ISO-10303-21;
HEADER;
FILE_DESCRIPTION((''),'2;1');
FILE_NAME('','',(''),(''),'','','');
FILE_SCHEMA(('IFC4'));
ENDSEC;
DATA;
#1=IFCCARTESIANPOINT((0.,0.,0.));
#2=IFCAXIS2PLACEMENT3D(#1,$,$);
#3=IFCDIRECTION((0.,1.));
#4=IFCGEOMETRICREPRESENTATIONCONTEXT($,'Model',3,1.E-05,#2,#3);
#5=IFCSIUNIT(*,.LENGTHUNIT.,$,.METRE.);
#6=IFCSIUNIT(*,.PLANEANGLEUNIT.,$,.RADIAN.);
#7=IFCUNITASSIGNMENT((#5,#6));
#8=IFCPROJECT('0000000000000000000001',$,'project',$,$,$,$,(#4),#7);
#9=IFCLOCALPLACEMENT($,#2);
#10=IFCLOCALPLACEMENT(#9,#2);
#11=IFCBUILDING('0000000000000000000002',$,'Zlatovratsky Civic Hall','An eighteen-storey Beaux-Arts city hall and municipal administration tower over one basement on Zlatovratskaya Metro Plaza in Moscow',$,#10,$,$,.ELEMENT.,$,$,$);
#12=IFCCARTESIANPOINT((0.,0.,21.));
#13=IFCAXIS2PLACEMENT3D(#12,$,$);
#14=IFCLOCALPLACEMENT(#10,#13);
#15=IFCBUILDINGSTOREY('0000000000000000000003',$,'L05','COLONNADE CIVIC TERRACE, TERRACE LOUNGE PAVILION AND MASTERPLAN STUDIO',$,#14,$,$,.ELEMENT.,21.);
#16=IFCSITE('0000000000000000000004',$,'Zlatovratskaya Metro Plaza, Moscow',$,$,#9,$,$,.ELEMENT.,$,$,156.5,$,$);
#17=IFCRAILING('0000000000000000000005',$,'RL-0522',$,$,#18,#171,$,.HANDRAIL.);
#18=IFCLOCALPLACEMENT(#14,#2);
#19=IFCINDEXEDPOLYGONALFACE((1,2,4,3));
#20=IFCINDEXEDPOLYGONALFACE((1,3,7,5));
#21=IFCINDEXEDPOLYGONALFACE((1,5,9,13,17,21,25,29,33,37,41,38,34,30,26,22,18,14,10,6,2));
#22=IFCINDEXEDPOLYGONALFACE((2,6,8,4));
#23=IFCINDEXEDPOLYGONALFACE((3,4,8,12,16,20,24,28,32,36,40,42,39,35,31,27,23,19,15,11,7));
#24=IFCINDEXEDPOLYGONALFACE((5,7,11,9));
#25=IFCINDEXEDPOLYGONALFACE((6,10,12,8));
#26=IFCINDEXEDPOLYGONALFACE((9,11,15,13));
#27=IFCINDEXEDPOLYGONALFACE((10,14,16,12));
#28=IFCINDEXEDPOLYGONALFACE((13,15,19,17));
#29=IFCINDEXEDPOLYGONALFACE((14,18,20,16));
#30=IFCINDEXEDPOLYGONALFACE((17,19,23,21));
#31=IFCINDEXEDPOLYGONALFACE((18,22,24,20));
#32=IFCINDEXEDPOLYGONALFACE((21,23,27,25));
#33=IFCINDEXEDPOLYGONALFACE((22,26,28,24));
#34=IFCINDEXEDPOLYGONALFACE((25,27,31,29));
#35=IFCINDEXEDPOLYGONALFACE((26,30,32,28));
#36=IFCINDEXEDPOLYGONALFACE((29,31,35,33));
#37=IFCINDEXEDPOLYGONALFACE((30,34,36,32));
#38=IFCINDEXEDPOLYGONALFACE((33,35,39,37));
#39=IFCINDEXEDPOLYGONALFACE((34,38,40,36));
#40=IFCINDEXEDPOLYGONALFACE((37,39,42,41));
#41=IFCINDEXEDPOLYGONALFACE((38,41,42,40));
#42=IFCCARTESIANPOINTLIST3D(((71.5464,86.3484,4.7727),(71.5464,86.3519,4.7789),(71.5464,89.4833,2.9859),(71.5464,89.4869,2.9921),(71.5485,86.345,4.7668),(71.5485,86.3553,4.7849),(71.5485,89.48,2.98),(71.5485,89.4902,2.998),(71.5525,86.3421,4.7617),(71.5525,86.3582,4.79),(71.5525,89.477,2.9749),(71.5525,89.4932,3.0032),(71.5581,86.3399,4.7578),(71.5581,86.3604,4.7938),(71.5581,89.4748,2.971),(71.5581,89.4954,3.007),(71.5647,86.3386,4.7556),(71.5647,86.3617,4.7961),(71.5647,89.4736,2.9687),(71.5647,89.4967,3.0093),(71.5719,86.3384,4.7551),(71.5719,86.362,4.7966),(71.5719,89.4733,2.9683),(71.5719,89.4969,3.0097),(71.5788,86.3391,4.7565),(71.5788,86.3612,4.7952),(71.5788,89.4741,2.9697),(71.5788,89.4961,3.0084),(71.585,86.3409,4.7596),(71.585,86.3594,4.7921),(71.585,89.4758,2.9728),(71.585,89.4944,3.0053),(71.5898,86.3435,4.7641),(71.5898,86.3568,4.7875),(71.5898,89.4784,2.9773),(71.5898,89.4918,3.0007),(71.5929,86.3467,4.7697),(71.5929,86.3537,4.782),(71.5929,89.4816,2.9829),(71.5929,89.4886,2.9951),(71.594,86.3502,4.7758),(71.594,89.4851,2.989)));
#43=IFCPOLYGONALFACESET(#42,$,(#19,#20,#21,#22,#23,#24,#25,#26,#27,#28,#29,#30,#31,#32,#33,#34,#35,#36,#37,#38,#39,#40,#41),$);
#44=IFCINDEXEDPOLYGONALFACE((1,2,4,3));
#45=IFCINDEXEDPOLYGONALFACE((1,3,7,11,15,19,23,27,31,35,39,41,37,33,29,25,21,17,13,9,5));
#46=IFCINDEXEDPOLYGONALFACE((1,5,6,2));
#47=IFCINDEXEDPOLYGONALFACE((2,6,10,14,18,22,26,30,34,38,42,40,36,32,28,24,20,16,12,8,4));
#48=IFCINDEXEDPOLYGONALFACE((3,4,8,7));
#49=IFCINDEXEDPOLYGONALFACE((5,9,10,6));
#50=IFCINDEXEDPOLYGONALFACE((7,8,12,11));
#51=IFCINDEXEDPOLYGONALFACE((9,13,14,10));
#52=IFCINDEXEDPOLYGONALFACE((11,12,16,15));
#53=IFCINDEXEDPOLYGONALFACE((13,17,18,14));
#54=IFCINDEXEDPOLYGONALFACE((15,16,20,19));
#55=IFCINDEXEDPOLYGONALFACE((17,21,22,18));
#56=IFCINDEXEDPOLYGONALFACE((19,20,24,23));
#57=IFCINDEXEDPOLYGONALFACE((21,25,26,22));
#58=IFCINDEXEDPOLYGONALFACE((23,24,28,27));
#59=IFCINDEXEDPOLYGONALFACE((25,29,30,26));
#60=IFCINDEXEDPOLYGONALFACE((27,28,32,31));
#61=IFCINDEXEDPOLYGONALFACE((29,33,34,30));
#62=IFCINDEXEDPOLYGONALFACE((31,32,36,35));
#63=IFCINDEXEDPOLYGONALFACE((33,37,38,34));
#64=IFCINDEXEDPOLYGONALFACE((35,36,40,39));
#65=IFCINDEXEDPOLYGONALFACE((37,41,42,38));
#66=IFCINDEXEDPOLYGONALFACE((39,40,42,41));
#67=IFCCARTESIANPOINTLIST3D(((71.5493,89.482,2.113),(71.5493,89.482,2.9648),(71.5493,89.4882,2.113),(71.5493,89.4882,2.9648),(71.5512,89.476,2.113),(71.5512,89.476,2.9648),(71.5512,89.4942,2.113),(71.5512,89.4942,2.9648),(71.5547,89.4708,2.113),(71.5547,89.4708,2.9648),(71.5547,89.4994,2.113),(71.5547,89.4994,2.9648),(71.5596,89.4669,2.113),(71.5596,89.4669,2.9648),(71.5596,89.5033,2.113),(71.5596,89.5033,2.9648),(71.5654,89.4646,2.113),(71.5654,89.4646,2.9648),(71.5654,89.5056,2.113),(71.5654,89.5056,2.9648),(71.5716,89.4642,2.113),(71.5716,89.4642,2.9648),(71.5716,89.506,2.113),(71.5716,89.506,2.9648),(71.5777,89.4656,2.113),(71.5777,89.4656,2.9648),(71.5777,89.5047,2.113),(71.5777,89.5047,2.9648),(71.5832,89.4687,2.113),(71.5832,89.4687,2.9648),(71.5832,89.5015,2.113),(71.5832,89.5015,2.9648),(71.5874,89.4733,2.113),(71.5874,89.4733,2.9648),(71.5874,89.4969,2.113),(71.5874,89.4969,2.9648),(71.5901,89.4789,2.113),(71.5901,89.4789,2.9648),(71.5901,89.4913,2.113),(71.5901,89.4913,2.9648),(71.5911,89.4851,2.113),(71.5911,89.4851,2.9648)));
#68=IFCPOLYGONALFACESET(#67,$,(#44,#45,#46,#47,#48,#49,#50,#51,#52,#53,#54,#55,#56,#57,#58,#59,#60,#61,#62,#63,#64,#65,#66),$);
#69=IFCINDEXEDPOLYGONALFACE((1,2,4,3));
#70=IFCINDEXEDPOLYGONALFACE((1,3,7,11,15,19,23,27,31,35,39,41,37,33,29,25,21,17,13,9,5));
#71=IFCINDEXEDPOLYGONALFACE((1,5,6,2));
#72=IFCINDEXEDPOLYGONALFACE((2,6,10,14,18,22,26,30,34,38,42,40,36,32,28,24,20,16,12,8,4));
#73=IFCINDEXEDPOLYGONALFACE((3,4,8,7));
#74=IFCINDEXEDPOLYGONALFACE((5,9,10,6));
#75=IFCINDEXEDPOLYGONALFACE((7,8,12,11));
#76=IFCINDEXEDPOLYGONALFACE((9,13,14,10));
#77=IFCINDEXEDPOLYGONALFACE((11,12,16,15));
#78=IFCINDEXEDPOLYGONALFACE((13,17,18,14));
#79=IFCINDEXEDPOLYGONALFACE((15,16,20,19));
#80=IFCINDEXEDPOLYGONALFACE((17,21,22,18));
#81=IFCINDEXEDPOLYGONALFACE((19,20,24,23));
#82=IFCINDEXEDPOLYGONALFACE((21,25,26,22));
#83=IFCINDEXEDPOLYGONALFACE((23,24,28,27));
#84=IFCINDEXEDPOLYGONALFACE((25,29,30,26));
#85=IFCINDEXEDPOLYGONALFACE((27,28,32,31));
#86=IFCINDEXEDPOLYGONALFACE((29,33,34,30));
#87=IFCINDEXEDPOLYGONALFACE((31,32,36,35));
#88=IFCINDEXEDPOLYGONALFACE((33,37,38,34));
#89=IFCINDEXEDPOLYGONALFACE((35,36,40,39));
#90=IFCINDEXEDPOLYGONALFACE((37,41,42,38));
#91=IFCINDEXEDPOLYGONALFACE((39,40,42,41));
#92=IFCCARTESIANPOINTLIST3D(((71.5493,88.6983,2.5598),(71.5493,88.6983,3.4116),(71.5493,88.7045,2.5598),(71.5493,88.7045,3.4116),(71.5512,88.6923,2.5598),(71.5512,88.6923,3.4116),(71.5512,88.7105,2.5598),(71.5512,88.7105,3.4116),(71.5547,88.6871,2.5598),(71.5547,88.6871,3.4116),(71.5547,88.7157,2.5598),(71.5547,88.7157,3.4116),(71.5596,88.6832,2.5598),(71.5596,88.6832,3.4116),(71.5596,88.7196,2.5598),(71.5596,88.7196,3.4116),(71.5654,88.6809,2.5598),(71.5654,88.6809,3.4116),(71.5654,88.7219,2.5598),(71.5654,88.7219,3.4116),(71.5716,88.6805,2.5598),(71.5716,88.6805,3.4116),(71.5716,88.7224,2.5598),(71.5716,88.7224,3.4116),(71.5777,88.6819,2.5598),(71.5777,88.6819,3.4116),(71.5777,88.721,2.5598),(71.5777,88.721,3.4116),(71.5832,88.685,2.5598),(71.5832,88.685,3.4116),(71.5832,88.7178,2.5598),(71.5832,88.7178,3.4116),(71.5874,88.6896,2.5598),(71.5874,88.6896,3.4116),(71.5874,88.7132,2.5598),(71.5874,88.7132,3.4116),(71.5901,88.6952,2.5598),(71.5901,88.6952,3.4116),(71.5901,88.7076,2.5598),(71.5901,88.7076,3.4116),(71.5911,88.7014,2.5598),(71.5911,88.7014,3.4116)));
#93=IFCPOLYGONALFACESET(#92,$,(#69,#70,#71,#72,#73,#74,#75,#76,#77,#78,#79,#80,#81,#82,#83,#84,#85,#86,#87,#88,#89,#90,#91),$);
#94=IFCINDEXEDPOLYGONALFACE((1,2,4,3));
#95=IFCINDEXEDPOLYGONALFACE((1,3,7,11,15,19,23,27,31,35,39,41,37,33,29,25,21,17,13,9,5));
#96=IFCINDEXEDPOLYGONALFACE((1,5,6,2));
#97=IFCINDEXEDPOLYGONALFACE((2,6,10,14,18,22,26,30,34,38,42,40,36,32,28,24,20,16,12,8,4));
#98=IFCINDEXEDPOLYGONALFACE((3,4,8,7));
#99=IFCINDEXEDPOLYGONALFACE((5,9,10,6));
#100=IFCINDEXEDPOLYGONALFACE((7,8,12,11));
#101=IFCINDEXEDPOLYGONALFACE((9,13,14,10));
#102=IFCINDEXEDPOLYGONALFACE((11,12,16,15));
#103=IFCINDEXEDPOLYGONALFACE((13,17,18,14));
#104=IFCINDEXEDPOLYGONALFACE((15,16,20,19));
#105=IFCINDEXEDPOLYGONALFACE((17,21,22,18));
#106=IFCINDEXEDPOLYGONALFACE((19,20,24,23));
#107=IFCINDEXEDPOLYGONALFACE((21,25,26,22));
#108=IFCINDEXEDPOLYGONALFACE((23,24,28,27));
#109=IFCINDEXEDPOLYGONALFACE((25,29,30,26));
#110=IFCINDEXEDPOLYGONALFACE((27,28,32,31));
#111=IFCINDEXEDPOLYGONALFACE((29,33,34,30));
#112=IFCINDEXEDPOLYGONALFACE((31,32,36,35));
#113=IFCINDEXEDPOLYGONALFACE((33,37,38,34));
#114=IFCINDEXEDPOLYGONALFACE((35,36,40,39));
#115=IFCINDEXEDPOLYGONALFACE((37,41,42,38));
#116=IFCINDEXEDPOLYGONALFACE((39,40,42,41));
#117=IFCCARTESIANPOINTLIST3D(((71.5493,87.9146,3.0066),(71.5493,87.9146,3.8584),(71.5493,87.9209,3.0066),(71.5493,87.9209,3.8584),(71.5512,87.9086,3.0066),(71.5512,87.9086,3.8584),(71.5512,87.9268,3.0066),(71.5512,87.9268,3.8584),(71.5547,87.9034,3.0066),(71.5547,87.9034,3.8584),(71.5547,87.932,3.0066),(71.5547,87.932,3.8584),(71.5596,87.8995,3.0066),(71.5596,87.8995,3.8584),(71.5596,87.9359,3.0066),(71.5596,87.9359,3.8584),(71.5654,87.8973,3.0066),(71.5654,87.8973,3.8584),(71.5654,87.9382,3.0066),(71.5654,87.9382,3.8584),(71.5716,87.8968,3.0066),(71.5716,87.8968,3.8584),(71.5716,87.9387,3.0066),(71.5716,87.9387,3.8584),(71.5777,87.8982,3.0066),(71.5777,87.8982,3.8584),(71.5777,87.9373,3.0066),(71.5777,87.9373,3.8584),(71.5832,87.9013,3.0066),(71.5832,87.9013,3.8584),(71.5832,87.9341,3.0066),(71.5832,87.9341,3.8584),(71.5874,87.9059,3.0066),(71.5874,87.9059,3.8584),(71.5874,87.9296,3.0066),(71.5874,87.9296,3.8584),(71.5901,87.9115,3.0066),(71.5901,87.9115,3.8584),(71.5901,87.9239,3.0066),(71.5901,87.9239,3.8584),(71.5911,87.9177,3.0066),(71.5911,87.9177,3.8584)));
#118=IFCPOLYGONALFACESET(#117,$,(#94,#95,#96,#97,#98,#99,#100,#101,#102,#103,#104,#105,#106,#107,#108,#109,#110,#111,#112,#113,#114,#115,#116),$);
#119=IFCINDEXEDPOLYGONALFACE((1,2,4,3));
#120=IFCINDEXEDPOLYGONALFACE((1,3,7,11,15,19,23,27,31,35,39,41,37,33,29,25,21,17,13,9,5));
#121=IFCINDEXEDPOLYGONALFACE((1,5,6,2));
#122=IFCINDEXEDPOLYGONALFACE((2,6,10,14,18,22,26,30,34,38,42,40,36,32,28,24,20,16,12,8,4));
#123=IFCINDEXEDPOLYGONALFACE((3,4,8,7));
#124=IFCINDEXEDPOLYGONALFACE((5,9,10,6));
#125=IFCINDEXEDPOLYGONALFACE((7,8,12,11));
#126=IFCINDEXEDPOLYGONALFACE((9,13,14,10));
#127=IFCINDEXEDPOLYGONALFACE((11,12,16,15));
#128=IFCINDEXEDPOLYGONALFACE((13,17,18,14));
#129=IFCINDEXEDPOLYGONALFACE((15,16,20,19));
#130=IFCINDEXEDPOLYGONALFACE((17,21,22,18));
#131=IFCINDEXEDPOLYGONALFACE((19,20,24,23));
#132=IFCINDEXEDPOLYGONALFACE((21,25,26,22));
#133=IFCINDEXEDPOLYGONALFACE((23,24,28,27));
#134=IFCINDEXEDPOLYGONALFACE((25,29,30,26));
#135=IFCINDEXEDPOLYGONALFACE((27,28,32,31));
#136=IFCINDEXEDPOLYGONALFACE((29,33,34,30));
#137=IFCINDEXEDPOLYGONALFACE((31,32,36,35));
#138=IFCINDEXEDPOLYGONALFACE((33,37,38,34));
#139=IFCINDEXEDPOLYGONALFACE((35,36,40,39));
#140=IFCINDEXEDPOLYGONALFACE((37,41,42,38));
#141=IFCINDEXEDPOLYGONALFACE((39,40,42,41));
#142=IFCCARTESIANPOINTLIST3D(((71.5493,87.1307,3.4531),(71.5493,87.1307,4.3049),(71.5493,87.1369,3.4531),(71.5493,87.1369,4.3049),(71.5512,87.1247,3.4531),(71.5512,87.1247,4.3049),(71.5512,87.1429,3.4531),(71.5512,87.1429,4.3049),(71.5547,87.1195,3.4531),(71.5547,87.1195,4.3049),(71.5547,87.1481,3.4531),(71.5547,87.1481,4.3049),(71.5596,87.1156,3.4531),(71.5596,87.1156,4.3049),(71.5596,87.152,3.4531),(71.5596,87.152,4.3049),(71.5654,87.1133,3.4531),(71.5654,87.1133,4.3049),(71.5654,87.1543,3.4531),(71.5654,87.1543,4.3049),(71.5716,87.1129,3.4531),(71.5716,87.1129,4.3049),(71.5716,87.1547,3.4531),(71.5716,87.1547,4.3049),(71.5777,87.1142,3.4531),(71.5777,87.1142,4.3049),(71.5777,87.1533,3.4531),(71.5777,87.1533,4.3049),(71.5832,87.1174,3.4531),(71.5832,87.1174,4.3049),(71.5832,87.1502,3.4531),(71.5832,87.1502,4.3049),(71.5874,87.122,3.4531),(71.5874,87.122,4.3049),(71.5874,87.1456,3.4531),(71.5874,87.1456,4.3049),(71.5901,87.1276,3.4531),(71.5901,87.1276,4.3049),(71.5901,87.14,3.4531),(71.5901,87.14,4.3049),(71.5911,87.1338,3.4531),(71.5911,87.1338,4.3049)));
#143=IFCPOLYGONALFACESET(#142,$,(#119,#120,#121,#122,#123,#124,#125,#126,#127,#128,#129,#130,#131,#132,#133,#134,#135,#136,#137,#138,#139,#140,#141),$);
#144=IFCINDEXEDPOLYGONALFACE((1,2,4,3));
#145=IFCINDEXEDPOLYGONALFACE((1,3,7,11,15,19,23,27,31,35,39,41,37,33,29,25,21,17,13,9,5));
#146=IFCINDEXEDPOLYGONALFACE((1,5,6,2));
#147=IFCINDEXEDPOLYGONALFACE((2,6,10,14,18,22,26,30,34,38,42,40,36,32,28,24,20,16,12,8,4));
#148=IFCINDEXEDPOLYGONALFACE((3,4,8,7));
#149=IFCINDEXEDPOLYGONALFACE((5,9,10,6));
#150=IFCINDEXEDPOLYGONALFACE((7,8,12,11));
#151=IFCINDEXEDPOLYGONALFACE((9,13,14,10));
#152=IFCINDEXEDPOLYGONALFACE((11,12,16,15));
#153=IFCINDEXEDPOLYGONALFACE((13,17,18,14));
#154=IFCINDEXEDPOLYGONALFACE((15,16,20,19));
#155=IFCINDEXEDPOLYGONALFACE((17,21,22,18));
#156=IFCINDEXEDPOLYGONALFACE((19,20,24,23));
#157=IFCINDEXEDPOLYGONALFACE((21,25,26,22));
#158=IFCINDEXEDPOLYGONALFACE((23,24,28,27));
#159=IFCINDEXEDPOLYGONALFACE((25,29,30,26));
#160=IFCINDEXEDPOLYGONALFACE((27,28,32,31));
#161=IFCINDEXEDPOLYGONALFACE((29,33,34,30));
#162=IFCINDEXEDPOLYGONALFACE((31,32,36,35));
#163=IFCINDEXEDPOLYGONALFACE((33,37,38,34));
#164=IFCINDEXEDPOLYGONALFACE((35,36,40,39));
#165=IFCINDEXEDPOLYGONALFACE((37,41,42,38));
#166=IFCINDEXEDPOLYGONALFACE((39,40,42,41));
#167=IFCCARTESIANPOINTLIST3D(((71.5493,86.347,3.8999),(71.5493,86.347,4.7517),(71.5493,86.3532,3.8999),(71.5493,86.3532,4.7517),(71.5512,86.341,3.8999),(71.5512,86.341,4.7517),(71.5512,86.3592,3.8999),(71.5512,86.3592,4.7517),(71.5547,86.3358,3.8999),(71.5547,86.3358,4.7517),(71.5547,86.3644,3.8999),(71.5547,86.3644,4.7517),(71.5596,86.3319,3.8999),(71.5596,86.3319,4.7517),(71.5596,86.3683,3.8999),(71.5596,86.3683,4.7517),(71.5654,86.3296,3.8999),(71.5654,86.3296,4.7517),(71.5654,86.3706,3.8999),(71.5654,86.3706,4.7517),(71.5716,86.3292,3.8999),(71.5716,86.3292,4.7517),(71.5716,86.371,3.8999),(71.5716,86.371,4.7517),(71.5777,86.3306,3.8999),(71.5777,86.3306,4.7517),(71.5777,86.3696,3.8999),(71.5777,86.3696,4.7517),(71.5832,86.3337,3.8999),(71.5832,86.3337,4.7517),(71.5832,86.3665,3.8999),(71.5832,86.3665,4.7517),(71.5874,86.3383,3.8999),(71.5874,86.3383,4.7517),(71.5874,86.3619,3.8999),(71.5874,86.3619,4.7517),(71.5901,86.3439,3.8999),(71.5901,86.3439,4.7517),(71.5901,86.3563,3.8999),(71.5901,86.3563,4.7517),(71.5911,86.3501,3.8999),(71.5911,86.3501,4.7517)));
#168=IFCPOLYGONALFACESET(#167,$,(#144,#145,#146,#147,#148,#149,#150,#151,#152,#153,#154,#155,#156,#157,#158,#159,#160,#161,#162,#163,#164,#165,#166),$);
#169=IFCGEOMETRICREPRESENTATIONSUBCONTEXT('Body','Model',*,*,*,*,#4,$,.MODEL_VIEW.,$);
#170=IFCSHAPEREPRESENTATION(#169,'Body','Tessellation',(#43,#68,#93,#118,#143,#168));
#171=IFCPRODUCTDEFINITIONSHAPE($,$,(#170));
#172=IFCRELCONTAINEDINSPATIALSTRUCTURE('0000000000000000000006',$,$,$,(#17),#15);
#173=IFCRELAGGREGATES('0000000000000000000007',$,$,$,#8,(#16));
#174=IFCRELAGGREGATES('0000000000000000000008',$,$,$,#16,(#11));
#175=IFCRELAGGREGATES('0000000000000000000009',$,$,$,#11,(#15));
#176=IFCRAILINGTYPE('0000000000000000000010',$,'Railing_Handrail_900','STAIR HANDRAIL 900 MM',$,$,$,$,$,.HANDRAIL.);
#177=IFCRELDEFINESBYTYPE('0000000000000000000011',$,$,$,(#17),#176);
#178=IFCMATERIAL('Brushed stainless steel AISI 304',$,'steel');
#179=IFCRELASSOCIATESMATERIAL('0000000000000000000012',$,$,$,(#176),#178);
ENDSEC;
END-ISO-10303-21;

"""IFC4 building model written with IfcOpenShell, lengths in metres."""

from ifc_helpers import new_model, si_unit, direction, frame, origin, origin_2d, place, context, subcontext, project, spatial, circle, extrude, material, type_object, element, save


model = new_model("IFC4")

# Units and contexts
model_context = context("Model", 3, precision=1e-05, world=origin(), true_north=direction((0.0, 1.0)))
body_context = subcontext(model_context, "Body", "Model", "MODEL_VIEW")
ifc_project = project(units=[si_unit("LENGTHUNIT", "METRE"), si_unit("PLANEANGLEUNIT", "RADIAN")], contexts=[model_context])

# Site, building, storey
site_placement = place(None, origin())
site = spatial("IfcSite", under=ifc_project, at=site_placement, Name="Zlatovratskaya Metro Plaza, Moscow", CompositionType="ELEMENT", RefElevation=156.5)
building_placement = place(site_placement, origin())
building = spatial("IfcBuilding", under=site, at=building_placement, Name="Zlatovratsky Civic Hall", Description="An eighteen-storey Beaux-Arts city hall and municipal administration tower over one basement on Zlatovratskaya Metro Plaza in Moscow", CompositionType="ELEMENT")
storey_placement = place(building_placement, frame((0.0, 0.0, 21.0)))
storey = spatial("IfcBuildingStorey", under=building, at=storey_placement, Name="L05", Description="COLONNADE CIVIC TERRACE, TERRACE LOUNGE PAVILION AND MASTERPLAN STUDIO", CompositionType="ELEMENT", Elevation=21.0)

# Railing
ifc_material_1 = material(Name="Brushed stainless steel AISI 304", Category="steel")
railing_type_1 = type_object("IfcRailingType", Name="Railing_Handrail_900", Description="STAIR HANDRAIL 900 MM", PredefinedType="HANDRAIL", material=ifc_material_1)
railing_1_placement = place(storey_placement, frame((71.5701, 89.4851, 2.113)))
element("IfcRailing", 1, at=railing_1_placement, inside=storey, type_object=railing_type_1, Name="RL-0522", PredefinedType="HANDRAIL", context=body_context, shape_type="SweptSolid", body=[
    extrude(circle(Radius=0.0239, at=origin_2d()), frame((0.0, 0.0, 0.876), z_axis=(0.0, -0.868788, 0.495184), x_axis=(1.0, 0.0, 0.0)), (0.0, 0.0, 1.0), 3.6084),
    extrude(circle(Radius=0.021, at=origin_2d()), origin(), (0.0, 0.0, 1.0), 0.8518),
    extrude(circle(Radius=0.021, at=origin_2d()), frame((0.0, -0.7837, 0.4468)), (0.0, 0.0, 1.0), 0.8518),
    extrude(circle(Radius=0.021, at=origin_2d()), frame((0.0, -1.5674, 0.8936)), (0.0, 0.0, 1.0), 0.8518),
    extrude(circle(Radius=0.021, at=origin_2d()), frame((0.0, -2.3513, 1.3401)), (0.0, 0.0, 1.0), 0.8518),
    extrude(circle(Radius=0.021, at=origin_2d()), frame((0.0, -3.135, 1.7869)), (0.0, 0.0, 1.0), 0.8518),
])

save(model, "model.ifc")
